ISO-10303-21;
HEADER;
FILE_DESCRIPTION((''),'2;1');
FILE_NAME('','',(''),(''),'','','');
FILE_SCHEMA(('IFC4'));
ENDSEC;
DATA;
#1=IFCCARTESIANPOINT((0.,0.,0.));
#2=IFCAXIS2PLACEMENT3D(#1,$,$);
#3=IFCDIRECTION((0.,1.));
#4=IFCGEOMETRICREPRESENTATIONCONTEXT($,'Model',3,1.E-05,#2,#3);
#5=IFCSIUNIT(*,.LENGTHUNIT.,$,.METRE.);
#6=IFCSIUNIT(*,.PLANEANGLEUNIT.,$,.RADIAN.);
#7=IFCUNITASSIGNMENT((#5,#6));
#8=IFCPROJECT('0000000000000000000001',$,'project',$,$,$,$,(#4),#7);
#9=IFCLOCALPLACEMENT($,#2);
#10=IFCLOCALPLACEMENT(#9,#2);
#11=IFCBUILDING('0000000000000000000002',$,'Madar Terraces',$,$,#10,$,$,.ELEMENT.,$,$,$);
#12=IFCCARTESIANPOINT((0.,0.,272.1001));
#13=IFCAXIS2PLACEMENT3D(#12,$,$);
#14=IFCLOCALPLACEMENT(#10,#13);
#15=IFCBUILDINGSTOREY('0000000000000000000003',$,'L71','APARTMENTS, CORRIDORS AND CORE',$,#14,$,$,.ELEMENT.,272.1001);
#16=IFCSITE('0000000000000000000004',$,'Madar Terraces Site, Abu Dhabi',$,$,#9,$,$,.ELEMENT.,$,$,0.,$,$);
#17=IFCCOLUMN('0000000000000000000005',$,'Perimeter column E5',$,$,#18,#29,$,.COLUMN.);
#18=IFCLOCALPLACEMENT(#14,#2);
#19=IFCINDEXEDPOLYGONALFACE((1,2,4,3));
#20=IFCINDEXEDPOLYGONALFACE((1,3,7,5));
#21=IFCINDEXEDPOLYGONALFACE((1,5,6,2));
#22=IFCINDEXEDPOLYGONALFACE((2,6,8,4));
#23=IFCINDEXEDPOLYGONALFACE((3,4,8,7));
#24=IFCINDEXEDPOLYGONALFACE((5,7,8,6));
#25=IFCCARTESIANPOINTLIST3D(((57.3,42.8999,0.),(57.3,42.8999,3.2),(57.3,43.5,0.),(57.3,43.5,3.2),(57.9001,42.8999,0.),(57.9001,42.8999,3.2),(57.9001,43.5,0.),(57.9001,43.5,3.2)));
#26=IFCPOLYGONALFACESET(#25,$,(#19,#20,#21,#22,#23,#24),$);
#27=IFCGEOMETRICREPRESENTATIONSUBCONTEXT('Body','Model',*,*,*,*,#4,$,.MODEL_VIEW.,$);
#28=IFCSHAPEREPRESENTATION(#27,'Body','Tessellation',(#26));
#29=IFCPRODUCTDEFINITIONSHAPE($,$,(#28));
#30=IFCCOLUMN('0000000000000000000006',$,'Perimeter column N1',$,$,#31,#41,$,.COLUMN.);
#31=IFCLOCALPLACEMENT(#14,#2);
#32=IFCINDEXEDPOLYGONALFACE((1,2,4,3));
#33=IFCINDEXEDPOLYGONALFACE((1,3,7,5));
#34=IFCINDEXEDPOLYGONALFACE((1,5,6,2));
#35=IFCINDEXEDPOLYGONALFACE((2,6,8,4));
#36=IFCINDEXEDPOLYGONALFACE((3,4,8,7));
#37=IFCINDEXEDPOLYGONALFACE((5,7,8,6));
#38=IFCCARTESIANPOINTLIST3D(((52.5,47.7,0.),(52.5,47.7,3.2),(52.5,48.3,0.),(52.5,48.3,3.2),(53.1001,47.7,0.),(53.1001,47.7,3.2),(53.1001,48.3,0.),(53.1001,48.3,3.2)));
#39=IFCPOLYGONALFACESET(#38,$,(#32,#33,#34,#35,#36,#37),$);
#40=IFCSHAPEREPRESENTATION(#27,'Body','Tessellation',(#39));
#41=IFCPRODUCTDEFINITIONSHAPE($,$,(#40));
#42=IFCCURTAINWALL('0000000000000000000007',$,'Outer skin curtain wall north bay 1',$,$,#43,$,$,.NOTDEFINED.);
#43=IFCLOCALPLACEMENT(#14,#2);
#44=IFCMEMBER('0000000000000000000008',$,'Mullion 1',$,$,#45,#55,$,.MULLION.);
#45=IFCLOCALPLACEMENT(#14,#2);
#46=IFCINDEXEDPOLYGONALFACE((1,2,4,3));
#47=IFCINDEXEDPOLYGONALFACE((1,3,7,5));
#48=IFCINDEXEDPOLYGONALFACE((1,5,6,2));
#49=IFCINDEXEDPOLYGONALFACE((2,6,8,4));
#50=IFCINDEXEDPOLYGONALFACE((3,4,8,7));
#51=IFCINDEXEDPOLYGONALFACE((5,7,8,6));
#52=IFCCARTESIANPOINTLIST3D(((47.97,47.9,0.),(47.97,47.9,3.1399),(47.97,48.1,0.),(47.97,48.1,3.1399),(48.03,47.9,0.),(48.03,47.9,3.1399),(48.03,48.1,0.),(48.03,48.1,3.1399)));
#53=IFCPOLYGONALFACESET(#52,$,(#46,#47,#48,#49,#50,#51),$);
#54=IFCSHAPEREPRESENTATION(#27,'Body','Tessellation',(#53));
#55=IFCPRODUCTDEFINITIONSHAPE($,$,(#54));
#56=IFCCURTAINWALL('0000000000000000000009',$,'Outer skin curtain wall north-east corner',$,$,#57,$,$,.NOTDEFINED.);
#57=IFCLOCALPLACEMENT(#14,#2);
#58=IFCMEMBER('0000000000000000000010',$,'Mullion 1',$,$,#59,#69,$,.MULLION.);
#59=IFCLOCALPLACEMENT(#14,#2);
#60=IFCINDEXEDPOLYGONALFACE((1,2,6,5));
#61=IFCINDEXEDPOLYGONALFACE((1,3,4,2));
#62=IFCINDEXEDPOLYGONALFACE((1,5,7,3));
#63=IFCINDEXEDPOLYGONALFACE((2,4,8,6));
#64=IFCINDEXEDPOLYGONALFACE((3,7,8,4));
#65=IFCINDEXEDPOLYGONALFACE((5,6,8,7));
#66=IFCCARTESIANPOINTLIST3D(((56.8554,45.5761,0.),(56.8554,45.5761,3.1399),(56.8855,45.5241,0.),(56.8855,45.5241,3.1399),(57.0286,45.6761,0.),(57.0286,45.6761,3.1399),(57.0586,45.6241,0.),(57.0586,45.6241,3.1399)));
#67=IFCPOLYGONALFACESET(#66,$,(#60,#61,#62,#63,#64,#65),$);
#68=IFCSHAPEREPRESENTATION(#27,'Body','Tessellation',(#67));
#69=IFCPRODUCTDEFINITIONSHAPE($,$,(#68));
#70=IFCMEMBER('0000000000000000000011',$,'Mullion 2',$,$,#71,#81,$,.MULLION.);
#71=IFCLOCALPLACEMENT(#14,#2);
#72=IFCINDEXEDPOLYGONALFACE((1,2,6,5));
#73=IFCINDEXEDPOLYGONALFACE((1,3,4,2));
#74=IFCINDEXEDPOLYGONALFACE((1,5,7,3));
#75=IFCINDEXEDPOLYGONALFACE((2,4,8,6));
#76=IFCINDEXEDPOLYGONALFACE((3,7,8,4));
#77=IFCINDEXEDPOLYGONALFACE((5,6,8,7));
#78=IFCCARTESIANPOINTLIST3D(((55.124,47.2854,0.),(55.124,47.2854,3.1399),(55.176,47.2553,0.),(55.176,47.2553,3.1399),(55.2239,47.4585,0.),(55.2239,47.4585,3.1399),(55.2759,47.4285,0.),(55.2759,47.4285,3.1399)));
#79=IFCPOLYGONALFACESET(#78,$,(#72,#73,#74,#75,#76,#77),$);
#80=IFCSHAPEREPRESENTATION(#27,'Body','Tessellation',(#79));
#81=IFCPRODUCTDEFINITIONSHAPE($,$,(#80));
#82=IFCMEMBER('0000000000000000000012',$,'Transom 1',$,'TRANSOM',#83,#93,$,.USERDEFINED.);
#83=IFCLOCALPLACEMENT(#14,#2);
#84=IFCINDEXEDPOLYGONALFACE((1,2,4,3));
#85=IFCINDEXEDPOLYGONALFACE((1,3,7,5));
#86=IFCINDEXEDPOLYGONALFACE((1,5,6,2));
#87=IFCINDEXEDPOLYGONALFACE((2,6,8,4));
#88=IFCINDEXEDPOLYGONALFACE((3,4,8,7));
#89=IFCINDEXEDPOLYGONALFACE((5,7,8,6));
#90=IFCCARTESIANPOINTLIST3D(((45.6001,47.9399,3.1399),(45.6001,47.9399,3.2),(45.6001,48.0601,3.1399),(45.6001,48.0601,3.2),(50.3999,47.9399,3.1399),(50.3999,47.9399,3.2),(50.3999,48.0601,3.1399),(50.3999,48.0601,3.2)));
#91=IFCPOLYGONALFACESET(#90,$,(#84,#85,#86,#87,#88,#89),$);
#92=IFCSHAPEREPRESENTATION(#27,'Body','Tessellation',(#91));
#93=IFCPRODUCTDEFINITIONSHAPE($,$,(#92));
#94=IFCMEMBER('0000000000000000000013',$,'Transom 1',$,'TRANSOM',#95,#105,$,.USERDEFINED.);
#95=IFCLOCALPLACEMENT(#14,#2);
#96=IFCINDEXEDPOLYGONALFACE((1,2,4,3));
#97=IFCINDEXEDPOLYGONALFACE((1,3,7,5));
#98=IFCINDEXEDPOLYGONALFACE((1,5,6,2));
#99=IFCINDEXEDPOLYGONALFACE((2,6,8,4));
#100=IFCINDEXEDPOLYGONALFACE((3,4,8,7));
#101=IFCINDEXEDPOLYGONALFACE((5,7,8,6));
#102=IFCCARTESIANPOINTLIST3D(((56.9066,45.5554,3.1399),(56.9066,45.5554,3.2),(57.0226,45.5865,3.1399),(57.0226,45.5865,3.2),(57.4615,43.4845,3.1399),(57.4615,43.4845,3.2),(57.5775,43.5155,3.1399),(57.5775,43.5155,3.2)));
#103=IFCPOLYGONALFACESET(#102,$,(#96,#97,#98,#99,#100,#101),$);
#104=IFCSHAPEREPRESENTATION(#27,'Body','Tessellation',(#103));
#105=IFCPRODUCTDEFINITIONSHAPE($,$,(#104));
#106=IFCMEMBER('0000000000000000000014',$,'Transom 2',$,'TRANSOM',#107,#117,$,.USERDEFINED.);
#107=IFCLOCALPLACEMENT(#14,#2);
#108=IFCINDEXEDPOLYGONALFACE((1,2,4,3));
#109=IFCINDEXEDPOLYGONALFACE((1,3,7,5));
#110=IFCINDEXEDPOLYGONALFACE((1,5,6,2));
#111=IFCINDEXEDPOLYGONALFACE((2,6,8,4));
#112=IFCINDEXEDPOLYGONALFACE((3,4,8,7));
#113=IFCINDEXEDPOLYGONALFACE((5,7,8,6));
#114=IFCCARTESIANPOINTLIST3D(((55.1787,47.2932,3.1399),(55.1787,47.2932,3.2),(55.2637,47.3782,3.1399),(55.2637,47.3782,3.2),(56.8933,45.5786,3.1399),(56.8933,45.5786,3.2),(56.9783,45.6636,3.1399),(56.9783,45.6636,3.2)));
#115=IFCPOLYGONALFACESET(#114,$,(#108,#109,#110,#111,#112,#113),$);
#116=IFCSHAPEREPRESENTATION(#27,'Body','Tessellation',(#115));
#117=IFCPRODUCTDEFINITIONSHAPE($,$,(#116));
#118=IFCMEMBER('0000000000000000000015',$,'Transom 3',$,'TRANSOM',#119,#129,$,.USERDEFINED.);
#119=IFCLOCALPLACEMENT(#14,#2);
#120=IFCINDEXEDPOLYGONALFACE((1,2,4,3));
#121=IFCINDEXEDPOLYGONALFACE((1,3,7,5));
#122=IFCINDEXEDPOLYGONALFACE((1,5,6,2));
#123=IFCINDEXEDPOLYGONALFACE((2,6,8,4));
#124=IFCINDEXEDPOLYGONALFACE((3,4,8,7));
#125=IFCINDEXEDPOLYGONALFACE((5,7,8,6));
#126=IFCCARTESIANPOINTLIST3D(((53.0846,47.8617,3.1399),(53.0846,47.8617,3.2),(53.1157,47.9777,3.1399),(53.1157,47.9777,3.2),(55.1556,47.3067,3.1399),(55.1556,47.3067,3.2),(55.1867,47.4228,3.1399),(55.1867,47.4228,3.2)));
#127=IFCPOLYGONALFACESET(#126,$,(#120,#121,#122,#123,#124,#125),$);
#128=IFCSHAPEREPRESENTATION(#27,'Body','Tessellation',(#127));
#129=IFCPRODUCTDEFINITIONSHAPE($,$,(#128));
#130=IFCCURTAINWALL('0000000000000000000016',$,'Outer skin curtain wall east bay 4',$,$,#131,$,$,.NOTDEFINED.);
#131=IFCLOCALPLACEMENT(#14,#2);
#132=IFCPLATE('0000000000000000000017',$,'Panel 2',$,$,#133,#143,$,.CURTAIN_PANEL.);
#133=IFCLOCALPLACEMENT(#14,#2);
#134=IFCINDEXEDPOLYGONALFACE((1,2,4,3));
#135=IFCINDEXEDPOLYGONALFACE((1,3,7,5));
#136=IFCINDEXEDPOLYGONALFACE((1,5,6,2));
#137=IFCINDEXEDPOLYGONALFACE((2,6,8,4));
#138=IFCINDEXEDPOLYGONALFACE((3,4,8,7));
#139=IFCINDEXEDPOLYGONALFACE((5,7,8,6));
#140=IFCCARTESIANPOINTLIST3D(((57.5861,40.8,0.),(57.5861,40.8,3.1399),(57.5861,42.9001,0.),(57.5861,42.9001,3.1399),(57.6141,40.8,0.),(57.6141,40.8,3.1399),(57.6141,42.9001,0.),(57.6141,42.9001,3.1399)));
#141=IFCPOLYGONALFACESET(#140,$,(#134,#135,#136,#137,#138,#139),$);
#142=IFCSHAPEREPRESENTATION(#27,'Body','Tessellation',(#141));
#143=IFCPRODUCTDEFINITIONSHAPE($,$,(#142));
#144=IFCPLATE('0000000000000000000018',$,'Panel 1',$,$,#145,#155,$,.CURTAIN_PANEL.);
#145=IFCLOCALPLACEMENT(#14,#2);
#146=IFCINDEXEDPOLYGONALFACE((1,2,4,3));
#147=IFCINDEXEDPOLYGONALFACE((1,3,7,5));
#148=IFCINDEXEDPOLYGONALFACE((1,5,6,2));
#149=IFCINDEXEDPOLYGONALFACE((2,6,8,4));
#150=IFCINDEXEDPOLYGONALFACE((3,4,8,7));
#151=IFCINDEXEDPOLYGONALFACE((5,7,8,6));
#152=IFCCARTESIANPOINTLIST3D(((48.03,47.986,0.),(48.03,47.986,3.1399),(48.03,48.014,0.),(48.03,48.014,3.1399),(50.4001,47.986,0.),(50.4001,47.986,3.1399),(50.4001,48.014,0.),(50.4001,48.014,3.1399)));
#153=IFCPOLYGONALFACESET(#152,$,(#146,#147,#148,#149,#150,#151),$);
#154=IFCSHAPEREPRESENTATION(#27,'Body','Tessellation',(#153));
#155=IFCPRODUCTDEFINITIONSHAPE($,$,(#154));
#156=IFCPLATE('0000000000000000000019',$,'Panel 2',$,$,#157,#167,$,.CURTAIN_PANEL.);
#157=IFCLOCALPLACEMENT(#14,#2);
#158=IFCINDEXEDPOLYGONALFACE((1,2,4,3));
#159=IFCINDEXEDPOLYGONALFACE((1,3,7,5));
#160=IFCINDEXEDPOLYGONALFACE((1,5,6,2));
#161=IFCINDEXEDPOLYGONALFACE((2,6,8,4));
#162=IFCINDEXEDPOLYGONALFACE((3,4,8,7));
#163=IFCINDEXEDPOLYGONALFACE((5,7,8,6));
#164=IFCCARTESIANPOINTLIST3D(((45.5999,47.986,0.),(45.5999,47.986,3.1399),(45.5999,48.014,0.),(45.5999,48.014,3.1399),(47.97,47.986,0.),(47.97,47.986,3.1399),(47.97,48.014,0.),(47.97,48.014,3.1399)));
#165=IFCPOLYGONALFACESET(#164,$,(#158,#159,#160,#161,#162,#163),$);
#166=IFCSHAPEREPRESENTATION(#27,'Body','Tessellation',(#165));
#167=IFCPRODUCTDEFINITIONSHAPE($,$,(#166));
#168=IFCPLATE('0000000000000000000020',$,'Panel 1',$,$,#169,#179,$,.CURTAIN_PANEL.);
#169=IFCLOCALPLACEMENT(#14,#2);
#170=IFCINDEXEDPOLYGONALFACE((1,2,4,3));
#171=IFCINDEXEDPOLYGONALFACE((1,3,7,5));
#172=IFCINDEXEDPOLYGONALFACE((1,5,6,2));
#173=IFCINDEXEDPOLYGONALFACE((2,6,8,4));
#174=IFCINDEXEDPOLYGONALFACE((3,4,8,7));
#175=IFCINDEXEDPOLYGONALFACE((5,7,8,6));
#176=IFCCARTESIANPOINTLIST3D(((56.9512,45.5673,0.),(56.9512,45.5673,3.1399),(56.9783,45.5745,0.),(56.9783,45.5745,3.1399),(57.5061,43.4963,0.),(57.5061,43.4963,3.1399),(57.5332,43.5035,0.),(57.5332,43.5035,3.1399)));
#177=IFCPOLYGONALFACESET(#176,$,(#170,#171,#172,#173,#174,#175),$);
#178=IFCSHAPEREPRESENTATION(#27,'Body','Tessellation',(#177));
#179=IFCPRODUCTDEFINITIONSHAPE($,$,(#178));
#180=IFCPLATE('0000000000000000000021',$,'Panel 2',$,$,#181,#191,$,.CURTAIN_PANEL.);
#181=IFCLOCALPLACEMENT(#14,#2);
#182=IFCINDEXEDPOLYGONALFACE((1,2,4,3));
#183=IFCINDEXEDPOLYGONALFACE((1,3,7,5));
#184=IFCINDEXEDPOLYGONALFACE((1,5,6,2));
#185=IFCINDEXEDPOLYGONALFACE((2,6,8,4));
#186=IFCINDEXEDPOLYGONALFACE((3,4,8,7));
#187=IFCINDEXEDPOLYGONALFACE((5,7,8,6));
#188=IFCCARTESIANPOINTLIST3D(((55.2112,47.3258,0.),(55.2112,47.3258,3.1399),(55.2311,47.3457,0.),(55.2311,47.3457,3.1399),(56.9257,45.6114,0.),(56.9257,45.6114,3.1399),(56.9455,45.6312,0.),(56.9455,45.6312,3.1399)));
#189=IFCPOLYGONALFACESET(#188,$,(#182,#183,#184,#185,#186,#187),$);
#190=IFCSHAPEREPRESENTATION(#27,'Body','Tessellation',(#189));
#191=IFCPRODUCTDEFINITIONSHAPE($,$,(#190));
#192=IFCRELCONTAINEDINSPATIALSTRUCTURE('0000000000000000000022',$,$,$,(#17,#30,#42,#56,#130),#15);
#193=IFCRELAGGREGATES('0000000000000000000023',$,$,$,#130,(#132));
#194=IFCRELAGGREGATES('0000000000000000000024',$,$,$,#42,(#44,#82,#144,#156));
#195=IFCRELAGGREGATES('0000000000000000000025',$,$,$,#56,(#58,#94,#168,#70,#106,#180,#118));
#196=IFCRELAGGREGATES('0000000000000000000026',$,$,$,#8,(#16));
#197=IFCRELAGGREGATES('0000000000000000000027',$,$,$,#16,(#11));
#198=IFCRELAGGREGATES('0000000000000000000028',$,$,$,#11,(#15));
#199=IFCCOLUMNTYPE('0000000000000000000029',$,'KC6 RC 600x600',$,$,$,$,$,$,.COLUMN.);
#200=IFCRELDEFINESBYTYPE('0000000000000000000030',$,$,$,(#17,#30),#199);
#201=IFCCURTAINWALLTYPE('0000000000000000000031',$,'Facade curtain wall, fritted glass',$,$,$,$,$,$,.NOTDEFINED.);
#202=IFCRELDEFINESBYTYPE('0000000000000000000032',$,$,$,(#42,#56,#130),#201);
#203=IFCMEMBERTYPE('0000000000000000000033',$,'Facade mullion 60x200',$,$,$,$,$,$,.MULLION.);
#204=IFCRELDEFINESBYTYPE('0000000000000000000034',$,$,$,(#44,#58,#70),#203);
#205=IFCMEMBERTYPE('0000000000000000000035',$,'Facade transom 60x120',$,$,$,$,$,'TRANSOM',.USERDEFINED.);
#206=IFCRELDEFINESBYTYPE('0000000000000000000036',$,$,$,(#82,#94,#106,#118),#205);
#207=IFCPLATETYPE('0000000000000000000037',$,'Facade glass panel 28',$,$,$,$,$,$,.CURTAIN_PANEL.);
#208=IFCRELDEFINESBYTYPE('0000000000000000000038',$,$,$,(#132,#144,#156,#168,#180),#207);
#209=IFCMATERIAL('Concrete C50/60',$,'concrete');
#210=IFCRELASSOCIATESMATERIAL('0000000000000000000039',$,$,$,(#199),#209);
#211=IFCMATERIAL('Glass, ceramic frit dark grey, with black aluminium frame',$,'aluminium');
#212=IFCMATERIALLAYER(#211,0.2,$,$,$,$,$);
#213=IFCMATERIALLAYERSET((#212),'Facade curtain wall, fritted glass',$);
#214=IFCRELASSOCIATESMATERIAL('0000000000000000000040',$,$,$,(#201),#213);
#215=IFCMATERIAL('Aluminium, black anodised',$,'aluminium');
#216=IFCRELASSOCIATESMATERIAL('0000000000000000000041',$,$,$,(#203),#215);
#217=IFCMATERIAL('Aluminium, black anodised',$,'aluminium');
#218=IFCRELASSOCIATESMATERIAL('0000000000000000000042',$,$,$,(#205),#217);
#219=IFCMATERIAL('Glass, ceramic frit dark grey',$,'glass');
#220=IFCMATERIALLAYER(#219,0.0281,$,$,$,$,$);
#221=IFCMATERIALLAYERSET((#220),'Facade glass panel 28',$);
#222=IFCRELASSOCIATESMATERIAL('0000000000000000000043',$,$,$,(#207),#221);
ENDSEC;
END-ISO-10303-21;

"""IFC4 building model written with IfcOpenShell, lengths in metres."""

from ifc_helpers import new_model, si_unit, direction, frame, origin, origin_2d, place, context, subcontext, project, spatial, rectangle, extrude, material, layer, layer_set, material_profile, profile_set, type_object, element, aggregate, save


model = new_model("IFC4")

# Units and contexts
model_context = context("Model", 3, precision=1e-05, world=origin(), true_north=direction((0.0, 1.0)))
body_context = subcontext(model_context, "Body", "Model", "MODEL_VIEW")
ifc_project = project(units=[si_unit("LENGTHUNIT", "METRE"), si_unit("PLANEANGLEUNIT", "RADIAN")], contexts=[model_context])

# Site, building, storey
site_placement = place(None, origin())
site = spatial("IfcSite", under=ifc_project, at=site_placement, Name="Madar Terraces Site, Abu Dhabi", CompositionType="ELEMENT", RefElevation=0.0)
building_placement = place(site_placement, origin())
building = spatial("IfcBuilding", under=site, at=building_placement, Name="Madar Terraces", CompositionType="ELEMENT")
storey_placement = place(building_placement, frame((0.0, 0.0, 272.1001)))
storey = spatial("IfcBuildingStorey", under=building, at=storey_placement, Name="L71", Description="APARTMENTS, CORRIDORS AND CORE", CompositionType="ELEMENT", Elevation=272.1001)

# Columns
ifc_material_1 = material(Name="Concrete C50/60", Category="concrete")
ifc_material_profile_1 = material_profile(ifc_material_1, rectangle(XDim=0.6001, YDim=0.6001, at=origin_2d()), Name="KC6 RC 600x600")
ifc_profile_set_1 = profile_set([ifc_material_profile_1], Name="Concrete C50/60")
column_type = type_object("IfcColumnType", Name="KC6 RC 600x600", PredefinedType="COLUMN", material=ifc_profile_set_1)
for number, where, z_axis, x_axis, name in (
    (1, (57.6001, 43.2, 0.0), (0.0, 0.0, 1.0), (1.0, 0.0, 0.0), "Perimeter column E5"),
    (2, (52.8, 48.0, 0.0), (0.0, 0.0, 1.0), (1.0, 0.0, 0.0), "Perimeter column N1"),
):
    element("IfcColumn", number, at=place(storey_placement, frame(where, z_axis=z_axis, x_axis=x_axis)), inside=storey, type_object=column_type, Name=name, PredefinedType="COLUMN", context=body_context, shape_type="SweptSolid", body=[
        extrude(rectangle(XDim=0.6001, YDim=0.6001, at=origin_2d()), origin(), (0.0, 0.0, 1.0), 3.2),
    ])

# Curtain wall, member
ifc_material_2 = material(Name="Glass, ceramic frit dark grey, with black aluminium frame", Category="aluminium")
ifc_layer_1 = layer(ifc_material_2, 0.2)
ifc_layer_set_1 = layer_set([ifc_layer_1], Name="Facade curtain wall, fritted glass")
curtain_wall_type = type_object("IfcCurtainWallType", Name="Facade curtain wall, fritted glass", PredefinedType="NOTDEFINED", material=ifc_layer_set_1)
curtain_wall_1_placement = place(storey_placement, origin())
curtain_wall_1 = element("IfcCurtainWall", 3, at=curtain_wall_1_placement, inside=storey, type_object=curtain_wall_type, Name="Outer skin curtain wall north bay 1", PredefinedType="NOTDEFINED")
ifc_material_3 = material(Name="Aluminium, black anodised", Category="aluminium")
ifc_material_profile_2 = material_profile(ifc_material_3, rectangle(XDim=0.2, YDim=0.0601, at=origin_2d()), Name="Facade mullion 60x200")
ifc_profile_set_2 = profile_set([ifc_material_profile_2], Name="Aluminium, black anodised")
member_type_1 = type_object("IfcMemberType", Name="Facade mullion 60x200", PredefinedType="MULLION", material=ifc_profile_set_2)
member_1_placement = place(storey_placement, frame((48.0, 48.0, 0.0), z_axis=(0.0, 0.0, 1.0), x_axis=(0.0, -1.0, 0.0)))
member_1 = element("IfcMember", 4, at=member_1_placement, type_object=member_type_1, Name="Mullion 1", PredefinedType="MULLION", context=body_context, shape_type="SweptSolid", body=[
    extrude(rectangle(XDim=0.2, YDim=0.0601, at=origin_2d()), origin(), (0.0, 0.0, 1.0), 3.1399),
])

# Curtain wall, members
curtain_wall_2_placement = place(storey_placement, origin())
curtain_wall_2 = element("IfcCurtainWall", 5, at=curtain_wall_2_placement, inside=storey, type_object=curtain_wall_type, Name="Outer skin curtain wall north-east corner", PredefinedType="NOTDEFINED")
member_2_placement = place(storey_placement, frame((56.957, 45.6001, 0.0), z_axis=(0.0, 0.0, 1.0), x_axis=(-0.866025, -0.5, 0.0)))
member_2 = element("IfcMember", 6, at=member_2_placement, type_object=member_type_1, Name="Mullion 1", PredefinedType="MULLION", context=body_context, shape_type="SweptSolid", body=[
    extrude(rectangle(XDim=0.2, YDim=0.0601, at=origin_2d()), origin(), (0.0, 0.0, 1.0), 3.1399),
])
member_3_placement = place(storey_placement, frame((55.2, 47.3569, 0.0), z_axis=(0.0, 0.0, 1.0), x_axis=(-0.5, -0.866025, 0.0)))
member_3 = element("IfcMember", 7, at=member_3_placement, type_object=member_type_1, Name="Mullion 2", PredefinedType="MULLION", context=body_context, shape_type="SweptSolid", body=[
    extrude(rectangle(XDim=0.2, YDim=0.0601, at=origin_2d()), origin(), (0.0, 0.0, 1.0), 3.1399),
])

# Members
ifc_material_4 = material(Name="Aluminium, black anodised", Category="aluminium")
ifc_material_profile_3 = material_profile(ifc_material_4, rectangle(XDim=0.1201, YDim=0.0601, at=origin_2d()), Name="Facade transom 60x120")
ifc_profile_set_3 = profile_set([ifc_material_profile_3], Name="Aluminium, black anodised")
member_type_2 = type_object("IfcMemberType", Name="Facade transom 60x120", ElementType="TRANSOM", PredefinedType="USERDEFINED", material=ifc_profile_set_3)
member_4_placement = place(storey_placement, frame((50.3999, 48.0, 3.1699), z_axis=(-1.0, 0.0, 0.0), x_axis=(0.0, -1.0, 0.0)))
member_4 = element("IfcMember", 8, at=member_4_placement, type_object=member_type_2, Name="Transom 1", ObjectType="TRANSOM", PredefinedType="USERDEFINED", context=body_context, shape_type="SweptSolid", body=[
    extrude(rectangle(XDim=0.1201, YDim=0.0601, at=origin_2d()), origin(), (0.0, 0.0, 1.0), 4.7998),
])
member_5_placement = place(storey_placement, frame((57.5195, 43.5, 3.1699), z_axis=(-0.258818, 0.965926, 0.0), x_axis=(-0.965926, -0.258818, 0.0)))
member_5 = element("IfcMember", 9, at=member_5_placement, type_object=member_type_2, Name="Transom 1", ObjectType="TRANSOM", PredefinedType="USERDEFINED", context=body_context, shape_type="SweptSolid", body=[
    extrude(rectangle(XDim=0.1201, YDim=0.0601, at=origin_2d()), origin(), (0.0, 0.0, 1.0), 2.144),
])
member_6_placement = place(storey_placement, frame((56.9358, 45.6211, 3.1699), z_axis=(-0.707107, 0.707107, 0.0), x_axis=(-0.707107, -0.707107, 0.0)))
member_6 = element("IfcMember", 10, at=member_6_placement, type_object=member_type_2, Name="Transom 2", ObjectType="TRANSOM", PredefinedType="USERDEFINED", context=body_context, shape_type="SweptSolid", body=[
    extrude(rectangle(XDim=0.1201, YDim=0.0601, at=origin_2d()), origin(), (0.0, 0.0, 1.0), 2.4248),
])
member_7_placement = place(storey_placement, frame((55.1711, 47.3647, 3.1699), z_axis=(-0.965926, 0.258818, 0.0), x_axis=(-0.258818, -0.965926, 0.0)))
member_7 = element("IfcMember", 11, at=member_7_placement, type_object=member_type_2, Name="Transom 3", ObjectType="TRANSOM", PredefinedType="USERDEFINED", context=body_context, shape_type="SweptSolid", body=[
    extrude(rectangle(XDim=0.1201, YDim=0.0601, at=origin_2d()), origin(), (0.0, 0.0, 1.0), 2.144),
])

# Curtain wall, plate
curtain_wall_3_placement = place(storey_placement, origin())
curtain_wall_3 = element("IfcCurtainWall", 12, at=curtain_wall_3_placement, inside=storey, type_object=curtain_wall_type, Name="Outer skin curtain wall east bay 4", PredefinedType="NOTDEFINED")
ifc_material_5 = material(Name="Glass, ceramic frit dark grey", Category="glass")
ifc_layer_2 = layer(ifc_material_5, 0.0281)
ifc_layer_set_2 = layer_set([ifc_layer_2], Name="Facade glass panel 28")
plate_type = type_object("IfcPlateType", Name="Facade glass panel 28", PredefinedType="CURTAIN_PANEL", material=ifc_layer_set_2)
plate_1_placement = place(storey_placement, frame((57.6001, 41.8501, 0.0), z_axis=(0.0, 0.0, 1.0), x_axis=(0.0, 1.0, 0.0)))
plate_1 = element("IfcPlate", 13, at=plate_1_placement, type_object=plate_type, Name="Panel 2", PredefinedType="CURTAIN_PANEL", context=body_context, shape_type="SweptSolid", body=[
    extrude(rectangle(XDim=2.1001, YDim=0.0281, at=origin_2d()), origin(), (0.0, 0.0, 1.0), 3.1399),
])
aggregate(curtain_wall_3, [plate_1])

# Plates
plate_2_placement = place(storey_placement, frame((49.2151, 48.0, 0.0), z_axis=(0.0, 0.0, 1.0), x_axis=(-1.0, 0.0, 0.0)))
plate_2 = element("IfcPlate", 14, at=plate_2_placement, type_object=plate_type, Name="Panel 1", PredefinedType="CURTAIN_PANEL", context=body_context, shape_type="SweptSolid", body=[
    extrude(rectangle(XDim=2.3701, YDim=0.0281, at=origin_2d()), origin(), (0.0, 0.0, 1.0), 3.1399),
])
plate_3_placement = place(storey_placement, frame((46.7849, 48.0, 0.0), z_axis=(0.0, 0.0, 1.0), x_axis=(-1.0, 0.0, 0.0)))
plate_3 = element("IfcPlate", 15, at=plate_3_placement, type_object=plate_type, Name="Panel 2", PredefinedType="CURTAIN_PANEL", context=body_context, shape_type="SweptSolid", body=[
    extrude(rectangle(XDim=2.3701, YDim=0.0281, at=origin_2d()), origin(), (0.0, 0.0, 1.0), 3.1399),
])
aggregate(curtain_wall_1, [member_1, member_4, plate_2, plate_3])
plate_4_placement = place(storey_placement, frame((57.2422, 44.5354, 0.0), z_axis=(0.0, 0.0, 1.0), x_axis=(-0.258819, 0.965926, 0.0)))
plate_4 = element("IfcPlate", 16, at=plate_4_placement, type_object=plate_type, Name="Panel 1", PredefinedType="CURTAIN_PANEL", context=body_context, shape_type="SweptSolid", body=[
    extrude(rectangle(XDim=2.144, YDim=0.0281, at=origin_2d()), origin(), (0.0, 0.0, 1.0), 3.1399),
])
plate_5_placement = place(storey_placement, frame((56.0784, 46.4785, 0.0), z_axis=(0.0, 0.0, 1.0), x_axis=(-0.707107, 0.707107, 0.0)))
plate_5 = element("IfcPlate", 17, at=plate_5_placement, type_object=plate_type, Name="Panel 2", PredefinedType="CURTAIN_PANEL", context=body_context, shape_type="SweptSolid", body=[
    extrude(rectangle(XDim=2.4246, YDim=0.0281, at=origin_2d()), origin(), (0.0, 0.0, 1.0), 3.1399),
])
aggregate(curtain_wall_2, [member_2, member_5, plate_4, member_3, member_6, plate_5, member_7])

save(model, "model.ifc")
